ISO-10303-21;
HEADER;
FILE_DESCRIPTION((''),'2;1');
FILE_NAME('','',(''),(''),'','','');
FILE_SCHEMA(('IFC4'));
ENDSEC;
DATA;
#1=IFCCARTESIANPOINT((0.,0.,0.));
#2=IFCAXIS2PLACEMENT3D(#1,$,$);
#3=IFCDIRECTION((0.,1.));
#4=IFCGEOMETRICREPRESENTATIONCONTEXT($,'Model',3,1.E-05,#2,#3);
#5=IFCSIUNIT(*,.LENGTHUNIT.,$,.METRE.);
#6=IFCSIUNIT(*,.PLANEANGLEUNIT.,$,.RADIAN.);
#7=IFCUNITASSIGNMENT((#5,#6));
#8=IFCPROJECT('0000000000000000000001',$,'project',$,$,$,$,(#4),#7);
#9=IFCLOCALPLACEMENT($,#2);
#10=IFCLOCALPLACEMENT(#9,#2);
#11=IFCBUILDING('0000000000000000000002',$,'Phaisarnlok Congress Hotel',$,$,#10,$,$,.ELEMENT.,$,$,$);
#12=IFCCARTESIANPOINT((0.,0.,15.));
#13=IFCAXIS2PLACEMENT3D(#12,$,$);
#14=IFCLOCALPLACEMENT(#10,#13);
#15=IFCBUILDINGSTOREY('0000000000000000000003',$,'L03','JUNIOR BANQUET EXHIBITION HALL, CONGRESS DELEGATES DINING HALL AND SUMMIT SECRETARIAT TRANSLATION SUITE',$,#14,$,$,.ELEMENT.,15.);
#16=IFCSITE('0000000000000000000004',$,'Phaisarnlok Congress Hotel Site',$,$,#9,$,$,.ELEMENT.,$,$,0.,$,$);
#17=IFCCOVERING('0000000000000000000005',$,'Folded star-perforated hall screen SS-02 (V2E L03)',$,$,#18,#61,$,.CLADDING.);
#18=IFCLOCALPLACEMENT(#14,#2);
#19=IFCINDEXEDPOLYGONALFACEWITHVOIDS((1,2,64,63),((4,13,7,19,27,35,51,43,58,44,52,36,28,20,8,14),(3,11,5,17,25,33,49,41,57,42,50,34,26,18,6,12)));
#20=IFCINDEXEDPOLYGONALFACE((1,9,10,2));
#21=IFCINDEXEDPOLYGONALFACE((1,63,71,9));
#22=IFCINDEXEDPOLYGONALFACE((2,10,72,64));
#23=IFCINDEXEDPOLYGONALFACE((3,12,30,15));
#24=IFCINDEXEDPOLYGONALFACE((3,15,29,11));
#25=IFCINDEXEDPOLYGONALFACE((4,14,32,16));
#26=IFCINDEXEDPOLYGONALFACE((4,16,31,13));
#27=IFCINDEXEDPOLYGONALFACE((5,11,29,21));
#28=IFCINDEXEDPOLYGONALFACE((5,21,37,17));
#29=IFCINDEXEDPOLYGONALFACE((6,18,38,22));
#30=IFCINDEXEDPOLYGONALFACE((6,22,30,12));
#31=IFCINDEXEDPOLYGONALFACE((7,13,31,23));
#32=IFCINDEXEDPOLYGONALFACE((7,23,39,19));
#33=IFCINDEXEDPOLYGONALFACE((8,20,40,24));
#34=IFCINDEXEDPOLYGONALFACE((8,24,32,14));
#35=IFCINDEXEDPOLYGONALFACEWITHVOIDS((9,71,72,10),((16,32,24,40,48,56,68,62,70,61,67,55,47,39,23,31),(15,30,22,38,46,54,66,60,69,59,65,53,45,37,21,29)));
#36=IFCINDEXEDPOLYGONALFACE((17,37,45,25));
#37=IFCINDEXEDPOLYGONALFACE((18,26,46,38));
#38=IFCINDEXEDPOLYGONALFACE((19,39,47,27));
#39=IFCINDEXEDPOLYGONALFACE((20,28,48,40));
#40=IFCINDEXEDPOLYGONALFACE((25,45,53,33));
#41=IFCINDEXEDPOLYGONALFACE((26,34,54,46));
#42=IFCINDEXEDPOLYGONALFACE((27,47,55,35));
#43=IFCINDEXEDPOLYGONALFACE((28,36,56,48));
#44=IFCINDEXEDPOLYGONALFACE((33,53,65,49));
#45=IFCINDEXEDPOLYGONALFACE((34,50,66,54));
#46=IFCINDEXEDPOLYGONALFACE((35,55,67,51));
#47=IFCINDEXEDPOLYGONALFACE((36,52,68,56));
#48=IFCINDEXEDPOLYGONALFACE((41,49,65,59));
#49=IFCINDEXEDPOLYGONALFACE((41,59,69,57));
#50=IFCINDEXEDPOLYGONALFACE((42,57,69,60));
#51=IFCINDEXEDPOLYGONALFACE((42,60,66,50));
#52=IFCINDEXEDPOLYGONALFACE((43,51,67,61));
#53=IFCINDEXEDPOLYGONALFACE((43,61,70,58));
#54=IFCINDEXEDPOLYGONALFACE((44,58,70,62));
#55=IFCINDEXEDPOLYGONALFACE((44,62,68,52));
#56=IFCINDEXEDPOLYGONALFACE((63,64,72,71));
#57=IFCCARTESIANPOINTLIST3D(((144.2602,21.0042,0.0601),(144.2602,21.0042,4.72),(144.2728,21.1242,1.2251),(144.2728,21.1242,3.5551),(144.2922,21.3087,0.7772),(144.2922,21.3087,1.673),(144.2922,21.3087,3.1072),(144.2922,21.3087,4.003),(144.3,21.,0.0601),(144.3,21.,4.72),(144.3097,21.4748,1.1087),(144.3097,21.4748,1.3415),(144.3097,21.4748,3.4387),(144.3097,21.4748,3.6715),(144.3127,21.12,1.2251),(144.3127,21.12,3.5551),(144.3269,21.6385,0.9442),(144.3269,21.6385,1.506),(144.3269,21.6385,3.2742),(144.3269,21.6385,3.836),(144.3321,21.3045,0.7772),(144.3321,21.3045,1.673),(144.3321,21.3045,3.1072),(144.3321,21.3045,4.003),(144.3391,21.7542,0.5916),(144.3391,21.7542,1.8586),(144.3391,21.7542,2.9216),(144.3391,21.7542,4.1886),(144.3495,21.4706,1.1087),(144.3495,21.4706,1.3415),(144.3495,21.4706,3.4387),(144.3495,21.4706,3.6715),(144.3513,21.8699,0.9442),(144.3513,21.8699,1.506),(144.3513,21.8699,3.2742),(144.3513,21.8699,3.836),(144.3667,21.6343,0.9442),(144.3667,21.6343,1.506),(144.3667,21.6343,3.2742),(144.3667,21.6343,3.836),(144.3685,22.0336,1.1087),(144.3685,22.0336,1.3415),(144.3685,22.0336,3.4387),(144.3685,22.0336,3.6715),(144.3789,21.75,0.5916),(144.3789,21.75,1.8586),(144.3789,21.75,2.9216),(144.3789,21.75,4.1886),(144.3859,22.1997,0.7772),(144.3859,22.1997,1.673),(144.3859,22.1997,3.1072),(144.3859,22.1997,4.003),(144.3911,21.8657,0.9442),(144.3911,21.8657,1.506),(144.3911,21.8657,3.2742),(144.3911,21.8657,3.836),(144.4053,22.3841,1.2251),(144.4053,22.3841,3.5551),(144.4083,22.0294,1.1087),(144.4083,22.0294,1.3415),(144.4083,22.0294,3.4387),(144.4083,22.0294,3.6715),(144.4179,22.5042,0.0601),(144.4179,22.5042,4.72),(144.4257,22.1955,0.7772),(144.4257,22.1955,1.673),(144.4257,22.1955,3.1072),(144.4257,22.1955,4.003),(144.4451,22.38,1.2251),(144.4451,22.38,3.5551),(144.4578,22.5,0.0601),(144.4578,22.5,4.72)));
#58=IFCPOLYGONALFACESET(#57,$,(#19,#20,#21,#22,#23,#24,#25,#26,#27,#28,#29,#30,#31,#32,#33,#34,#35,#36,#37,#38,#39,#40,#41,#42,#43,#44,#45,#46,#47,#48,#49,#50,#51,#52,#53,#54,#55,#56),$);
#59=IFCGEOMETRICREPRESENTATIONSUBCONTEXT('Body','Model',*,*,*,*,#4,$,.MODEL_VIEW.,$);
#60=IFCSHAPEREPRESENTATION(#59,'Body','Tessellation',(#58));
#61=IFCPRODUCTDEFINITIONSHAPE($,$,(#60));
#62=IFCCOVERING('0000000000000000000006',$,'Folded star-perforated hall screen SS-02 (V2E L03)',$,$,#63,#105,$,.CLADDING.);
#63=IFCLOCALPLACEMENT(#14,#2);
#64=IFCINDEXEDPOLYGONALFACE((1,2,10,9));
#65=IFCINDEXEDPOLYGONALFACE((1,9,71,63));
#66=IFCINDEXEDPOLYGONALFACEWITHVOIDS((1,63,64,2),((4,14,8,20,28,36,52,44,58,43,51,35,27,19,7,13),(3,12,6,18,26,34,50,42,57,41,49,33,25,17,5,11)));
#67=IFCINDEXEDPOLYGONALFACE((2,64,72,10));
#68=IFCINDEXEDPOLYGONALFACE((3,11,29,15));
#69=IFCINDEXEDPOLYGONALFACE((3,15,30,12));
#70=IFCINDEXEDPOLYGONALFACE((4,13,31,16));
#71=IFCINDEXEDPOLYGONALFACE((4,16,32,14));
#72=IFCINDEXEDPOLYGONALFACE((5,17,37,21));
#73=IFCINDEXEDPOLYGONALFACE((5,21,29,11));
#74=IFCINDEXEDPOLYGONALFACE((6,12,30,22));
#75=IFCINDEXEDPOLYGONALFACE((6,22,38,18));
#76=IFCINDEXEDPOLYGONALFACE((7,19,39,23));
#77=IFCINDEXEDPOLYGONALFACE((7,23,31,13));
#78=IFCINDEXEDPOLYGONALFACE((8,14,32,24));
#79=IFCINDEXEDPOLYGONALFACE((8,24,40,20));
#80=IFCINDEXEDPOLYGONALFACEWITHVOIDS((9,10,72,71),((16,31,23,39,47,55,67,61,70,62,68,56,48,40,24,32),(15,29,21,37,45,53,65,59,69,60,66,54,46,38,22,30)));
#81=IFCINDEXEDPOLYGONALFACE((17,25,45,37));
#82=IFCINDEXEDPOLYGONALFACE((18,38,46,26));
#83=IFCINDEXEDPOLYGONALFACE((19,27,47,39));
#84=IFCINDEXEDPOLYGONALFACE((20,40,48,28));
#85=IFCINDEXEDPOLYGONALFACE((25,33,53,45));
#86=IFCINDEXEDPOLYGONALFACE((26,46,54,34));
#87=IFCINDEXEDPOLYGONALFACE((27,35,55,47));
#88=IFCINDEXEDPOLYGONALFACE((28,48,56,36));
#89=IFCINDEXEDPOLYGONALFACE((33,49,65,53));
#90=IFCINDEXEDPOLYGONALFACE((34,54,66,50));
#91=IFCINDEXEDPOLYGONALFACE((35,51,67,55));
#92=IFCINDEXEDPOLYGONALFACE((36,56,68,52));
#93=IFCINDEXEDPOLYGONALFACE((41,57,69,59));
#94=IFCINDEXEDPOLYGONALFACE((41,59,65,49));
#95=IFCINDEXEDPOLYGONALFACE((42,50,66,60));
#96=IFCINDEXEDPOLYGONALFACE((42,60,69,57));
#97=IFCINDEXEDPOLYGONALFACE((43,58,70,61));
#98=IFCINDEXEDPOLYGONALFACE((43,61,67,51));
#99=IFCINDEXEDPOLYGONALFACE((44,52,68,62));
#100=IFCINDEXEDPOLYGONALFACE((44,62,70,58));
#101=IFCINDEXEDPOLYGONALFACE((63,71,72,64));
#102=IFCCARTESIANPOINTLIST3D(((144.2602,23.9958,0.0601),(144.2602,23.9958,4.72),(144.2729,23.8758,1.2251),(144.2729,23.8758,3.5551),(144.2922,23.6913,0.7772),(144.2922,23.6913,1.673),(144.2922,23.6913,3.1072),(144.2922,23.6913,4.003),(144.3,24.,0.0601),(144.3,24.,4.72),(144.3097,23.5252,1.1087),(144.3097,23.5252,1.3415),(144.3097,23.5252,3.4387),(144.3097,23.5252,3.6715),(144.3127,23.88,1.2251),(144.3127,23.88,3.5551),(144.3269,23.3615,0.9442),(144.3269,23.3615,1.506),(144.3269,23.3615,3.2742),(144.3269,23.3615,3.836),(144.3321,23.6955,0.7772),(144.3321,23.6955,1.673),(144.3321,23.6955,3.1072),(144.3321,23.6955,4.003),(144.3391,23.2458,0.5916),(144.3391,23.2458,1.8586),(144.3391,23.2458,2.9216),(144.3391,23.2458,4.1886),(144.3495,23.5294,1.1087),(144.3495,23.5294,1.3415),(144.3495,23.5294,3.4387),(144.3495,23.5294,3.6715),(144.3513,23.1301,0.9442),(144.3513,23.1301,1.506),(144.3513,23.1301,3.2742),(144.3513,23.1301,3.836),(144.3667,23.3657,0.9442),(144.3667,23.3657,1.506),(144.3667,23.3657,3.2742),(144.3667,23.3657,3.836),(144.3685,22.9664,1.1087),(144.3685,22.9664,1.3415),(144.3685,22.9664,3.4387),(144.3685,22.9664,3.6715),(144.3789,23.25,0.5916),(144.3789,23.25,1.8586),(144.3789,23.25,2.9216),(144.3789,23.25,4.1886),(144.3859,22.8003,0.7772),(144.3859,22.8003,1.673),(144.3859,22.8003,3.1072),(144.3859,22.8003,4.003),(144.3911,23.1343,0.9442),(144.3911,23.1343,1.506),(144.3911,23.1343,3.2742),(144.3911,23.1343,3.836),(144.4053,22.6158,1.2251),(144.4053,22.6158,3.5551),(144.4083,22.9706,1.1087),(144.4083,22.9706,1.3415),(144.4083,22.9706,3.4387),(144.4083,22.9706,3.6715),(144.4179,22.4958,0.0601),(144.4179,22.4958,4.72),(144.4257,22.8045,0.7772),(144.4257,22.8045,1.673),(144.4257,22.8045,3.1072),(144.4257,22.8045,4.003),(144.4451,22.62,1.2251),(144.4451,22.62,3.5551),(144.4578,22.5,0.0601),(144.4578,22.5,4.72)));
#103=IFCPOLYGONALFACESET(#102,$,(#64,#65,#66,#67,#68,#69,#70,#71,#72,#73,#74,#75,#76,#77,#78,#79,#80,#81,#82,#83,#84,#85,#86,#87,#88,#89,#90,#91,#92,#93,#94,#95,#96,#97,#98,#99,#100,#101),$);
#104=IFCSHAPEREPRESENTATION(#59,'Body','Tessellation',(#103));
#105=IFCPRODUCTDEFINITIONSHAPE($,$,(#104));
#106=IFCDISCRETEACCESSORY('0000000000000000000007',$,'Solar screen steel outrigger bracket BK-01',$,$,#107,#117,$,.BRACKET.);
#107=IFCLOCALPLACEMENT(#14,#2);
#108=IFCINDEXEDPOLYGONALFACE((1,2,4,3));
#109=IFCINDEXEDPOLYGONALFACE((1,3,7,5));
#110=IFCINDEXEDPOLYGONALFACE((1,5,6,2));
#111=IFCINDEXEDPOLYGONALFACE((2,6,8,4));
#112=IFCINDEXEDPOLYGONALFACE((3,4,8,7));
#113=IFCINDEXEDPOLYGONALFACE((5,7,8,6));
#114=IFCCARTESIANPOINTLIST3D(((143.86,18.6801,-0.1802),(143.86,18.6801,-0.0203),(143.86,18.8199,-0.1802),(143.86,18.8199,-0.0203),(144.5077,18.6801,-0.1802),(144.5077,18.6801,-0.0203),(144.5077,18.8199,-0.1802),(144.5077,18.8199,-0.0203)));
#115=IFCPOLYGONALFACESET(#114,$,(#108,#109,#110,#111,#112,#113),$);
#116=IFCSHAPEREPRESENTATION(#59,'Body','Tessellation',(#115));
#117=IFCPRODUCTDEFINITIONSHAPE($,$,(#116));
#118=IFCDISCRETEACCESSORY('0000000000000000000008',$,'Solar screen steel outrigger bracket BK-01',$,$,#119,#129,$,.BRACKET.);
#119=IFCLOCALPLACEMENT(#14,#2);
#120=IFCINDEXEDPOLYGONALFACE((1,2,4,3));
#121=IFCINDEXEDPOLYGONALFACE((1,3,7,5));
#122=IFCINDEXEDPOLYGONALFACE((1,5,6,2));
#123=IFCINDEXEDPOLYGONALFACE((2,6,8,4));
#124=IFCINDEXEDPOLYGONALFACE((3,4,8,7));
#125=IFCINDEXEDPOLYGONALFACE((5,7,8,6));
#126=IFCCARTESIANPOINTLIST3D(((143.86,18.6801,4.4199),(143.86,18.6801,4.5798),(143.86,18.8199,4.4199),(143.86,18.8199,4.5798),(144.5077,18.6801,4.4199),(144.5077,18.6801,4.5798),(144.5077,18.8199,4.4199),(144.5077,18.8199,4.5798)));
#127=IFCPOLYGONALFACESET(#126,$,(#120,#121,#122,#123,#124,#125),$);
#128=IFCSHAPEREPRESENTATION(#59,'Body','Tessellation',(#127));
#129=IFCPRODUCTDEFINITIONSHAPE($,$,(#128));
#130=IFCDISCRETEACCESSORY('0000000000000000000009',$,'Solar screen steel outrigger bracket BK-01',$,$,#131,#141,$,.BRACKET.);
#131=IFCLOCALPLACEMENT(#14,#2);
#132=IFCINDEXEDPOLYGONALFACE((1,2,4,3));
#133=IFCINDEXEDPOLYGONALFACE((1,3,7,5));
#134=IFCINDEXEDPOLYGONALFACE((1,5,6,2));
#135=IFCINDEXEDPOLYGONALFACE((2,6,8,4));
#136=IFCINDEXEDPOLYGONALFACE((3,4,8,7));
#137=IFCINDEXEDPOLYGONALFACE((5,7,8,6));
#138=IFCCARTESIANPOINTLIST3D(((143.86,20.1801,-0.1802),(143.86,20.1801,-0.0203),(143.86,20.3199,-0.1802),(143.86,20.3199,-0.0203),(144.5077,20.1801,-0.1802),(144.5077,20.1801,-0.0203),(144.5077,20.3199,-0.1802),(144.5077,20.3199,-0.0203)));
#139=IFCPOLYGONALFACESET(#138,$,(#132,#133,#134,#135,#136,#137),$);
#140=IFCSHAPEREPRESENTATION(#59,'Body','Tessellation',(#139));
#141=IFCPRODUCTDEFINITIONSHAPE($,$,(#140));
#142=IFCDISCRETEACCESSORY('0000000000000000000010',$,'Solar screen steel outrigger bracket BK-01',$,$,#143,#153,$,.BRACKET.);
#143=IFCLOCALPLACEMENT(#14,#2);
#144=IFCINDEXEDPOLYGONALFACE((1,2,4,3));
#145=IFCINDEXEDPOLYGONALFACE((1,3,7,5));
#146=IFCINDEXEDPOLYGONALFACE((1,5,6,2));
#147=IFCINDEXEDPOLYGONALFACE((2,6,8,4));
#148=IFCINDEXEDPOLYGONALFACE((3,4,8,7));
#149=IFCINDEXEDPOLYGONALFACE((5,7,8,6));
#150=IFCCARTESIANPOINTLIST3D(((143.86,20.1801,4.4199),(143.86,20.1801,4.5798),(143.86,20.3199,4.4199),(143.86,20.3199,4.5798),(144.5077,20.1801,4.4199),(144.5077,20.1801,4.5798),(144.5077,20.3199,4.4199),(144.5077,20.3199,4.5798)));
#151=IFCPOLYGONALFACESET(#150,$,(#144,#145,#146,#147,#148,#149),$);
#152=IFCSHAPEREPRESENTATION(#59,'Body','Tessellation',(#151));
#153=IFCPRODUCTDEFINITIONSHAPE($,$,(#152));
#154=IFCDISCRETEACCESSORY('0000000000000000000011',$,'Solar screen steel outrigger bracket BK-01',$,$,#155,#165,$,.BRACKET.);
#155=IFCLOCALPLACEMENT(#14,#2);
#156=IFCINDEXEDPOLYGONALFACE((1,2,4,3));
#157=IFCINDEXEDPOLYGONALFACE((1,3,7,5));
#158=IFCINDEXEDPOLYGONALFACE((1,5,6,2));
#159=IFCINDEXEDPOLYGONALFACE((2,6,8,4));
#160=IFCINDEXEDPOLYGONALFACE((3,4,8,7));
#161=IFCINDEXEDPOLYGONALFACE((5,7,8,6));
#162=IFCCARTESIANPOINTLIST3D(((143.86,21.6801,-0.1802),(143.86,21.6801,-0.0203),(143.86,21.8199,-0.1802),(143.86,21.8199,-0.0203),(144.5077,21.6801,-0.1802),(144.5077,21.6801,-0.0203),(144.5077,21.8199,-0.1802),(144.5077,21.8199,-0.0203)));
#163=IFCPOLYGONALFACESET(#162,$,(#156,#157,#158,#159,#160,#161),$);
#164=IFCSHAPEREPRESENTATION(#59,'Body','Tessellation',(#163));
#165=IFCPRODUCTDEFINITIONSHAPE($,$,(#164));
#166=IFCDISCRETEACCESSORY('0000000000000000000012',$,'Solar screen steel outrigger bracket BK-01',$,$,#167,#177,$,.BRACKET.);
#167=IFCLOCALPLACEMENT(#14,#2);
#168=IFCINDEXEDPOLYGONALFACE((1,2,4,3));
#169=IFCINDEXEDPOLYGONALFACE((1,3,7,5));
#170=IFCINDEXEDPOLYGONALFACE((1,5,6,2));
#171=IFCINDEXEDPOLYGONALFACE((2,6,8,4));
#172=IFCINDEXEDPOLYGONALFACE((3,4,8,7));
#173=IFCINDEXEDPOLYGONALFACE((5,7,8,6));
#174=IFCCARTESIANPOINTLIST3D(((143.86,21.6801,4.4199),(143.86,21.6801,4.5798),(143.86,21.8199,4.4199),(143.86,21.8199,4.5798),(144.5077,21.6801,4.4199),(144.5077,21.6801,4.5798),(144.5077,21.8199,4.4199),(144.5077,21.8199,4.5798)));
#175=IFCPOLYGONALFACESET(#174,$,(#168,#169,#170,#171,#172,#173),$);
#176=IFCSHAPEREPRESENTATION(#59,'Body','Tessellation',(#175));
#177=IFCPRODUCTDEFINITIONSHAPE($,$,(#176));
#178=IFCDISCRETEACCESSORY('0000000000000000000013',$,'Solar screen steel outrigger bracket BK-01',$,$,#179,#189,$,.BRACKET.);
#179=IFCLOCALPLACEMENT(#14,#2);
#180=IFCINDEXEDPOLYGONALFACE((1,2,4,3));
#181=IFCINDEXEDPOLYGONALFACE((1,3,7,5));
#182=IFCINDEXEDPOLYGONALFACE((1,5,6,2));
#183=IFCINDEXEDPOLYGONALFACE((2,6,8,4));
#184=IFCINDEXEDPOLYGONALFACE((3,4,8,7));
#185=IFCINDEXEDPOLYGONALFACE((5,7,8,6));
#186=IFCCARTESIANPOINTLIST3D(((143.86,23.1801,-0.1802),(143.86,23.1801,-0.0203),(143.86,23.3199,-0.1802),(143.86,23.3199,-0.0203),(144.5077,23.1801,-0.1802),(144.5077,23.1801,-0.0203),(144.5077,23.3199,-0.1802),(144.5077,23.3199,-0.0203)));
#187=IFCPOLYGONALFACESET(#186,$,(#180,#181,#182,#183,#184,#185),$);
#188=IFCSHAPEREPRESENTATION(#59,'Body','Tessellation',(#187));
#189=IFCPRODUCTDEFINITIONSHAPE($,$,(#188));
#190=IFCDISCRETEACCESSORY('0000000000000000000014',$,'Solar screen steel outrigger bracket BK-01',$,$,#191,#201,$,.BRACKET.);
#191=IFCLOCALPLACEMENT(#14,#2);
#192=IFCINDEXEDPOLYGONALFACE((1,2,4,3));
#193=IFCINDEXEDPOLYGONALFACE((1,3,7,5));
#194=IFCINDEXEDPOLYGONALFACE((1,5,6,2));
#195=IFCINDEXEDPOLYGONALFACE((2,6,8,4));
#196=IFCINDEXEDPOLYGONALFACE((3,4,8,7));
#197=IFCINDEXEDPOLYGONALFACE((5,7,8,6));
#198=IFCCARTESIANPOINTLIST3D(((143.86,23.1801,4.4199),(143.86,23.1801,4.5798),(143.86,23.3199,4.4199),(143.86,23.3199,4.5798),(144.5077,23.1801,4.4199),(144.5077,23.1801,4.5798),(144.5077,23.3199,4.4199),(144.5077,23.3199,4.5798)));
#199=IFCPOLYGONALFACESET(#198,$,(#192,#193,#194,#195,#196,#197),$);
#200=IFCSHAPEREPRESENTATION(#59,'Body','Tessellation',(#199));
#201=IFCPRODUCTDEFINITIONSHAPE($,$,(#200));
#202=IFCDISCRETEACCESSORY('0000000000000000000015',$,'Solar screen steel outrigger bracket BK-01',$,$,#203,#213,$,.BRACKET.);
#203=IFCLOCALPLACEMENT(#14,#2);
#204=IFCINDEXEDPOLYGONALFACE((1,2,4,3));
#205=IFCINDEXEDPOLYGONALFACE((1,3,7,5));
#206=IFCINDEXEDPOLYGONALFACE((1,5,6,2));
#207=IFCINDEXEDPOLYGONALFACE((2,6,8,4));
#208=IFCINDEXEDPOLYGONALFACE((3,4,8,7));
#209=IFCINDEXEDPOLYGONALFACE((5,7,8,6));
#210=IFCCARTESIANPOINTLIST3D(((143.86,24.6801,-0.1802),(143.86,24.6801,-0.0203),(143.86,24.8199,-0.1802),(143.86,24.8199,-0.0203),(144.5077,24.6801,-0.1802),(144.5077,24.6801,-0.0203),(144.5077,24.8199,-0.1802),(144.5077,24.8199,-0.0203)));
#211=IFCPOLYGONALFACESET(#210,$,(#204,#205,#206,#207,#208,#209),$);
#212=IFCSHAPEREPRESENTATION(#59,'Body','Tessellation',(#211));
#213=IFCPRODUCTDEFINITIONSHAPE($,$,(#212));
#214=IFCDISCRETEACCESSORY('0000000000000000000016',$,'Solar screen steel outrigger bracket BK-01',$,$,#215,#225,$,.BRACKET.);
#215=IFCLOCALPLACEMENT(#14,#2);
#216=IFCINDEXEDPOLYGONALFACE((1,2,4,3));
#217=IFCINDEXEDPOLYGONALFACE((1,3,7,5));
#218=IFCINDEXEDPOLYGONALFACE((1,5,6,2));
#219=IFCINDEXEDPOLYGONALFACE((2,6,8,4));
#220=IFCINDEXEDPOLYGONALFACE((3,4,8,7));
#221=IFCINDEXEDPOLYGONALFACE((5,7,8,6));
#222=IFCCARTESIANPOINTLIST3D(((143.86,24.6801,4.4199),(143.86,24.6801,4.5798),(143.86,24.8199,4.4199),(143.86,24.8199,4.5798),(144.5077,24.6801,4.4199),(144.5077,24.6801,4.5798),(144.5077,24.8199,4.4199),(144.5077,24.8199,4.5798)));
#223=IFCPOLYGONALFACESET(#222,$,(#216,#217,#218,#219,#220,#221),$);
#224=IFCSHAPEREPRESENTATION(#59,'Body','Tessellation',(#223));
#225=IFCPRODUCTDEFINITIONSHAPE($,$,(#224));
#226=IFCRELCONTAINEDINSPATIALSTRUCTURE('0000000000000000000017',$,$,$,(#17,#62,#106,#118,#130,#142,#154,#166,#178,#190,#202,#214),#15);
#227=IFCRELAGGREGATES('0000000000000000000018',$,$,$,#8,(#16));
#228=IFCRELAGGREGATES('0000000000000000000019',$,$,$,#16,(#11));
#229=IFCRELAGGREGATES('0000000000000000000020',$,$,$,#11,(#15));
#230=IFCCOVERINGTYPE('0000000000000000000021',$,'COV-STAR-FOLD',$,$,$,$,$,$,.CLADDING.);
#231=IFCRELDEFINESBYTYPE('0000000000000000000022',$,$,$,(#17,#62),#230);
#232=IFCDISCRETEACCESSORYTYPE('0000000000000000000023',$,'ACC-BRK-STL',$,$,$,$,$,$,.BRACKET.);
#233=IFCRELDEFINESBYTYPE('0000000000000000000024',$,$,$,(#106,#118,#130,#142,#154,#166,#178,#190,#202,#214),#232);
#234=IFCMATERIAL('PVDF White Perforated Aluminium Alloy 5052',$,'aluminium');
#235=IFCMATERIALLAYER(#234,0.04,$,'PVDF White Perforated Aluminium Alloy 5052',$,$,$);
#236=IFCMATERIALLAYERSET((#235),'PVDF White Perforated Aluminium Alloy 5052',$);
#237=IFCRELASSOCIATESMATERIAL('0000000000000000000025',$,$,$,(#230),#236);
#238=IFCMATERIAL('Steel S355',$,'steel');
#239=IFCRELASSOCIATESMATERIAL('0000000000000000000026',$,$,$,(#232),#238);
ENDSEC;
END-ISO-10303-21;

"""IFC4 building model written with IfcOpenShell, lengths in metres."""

from ifc_helpers import new_model, si_unit, direction, frame, origin, origin_2d, place, context, subcontext, project, spatial, polyline, rectangle, outline, extrude, material, layer, layer_set, type_object, element, save


model = new_model("IFC4")

# Units and contexts
model_context = context("Model", 3, precision=1e-05, world=origin(), true_north=direction((0.0, 1.0)))
body_context = subcontext(model_context, "Body", "Model", "MODEL_VIEW")
ifc_project = project(units=[si_unit("LENGTHUNIT", "METRE"), si_unit("PLANEANGLEUNIT", "RADIAN")], contexts=[model_context])

# Site, building, storey
site_placement = place(None, origin())
site = spatial("IfcSite", under=ifc_project, at=site_placement, Name="Phaisarnlok Congress Hotel Site", CompositionType="ELEMENT", RefElevation=0.0)
building_placement = place(site_placement, origin())
building = spatial("IfcBuilding", under=site, at=building_placement, Name="Phaisarnlok Congress Hotel", CompositionType="ELEMENT")
storey_placement = place(building_placement, frame((0.0, 0.0, 15.0)))
storey = spatial("IfcBuildingStorey", under=building, at=storey_placement, Name="L03", Description="JUNIOR BANQUET EXHIBITION HALL, CONGRESS DELEGATES DINING HALL AND SUMMIT SECRETARIAT TRANSLATION SUITE", CompositionType="ELEMENT", Elevation=15.0)

# Shared definitions
ifc_material_1 = material(Name="Steel S355", Category="steel")

# Coverings
ifc_material_2 = material(Name="PVDF White Perforated Aluminium Alloy 5052", Category="aluminium")
ifc_layer_1 = layer(ifc_material_2, 0.04, Name="PVDF White Perforated Aluminium Alloy 5052")
ifc_layer_set_1 = layer_set([ifc_layer_1], Name="PVDF White Perforated Aluminium Alloy 5052")
covering_type = type_object("IfcCoveringType", Name="COV-STAR-FOLD", PredefinedType="CLADDING", material=ifc_layer_set_1)
for number, where, z_axis, x_axis, name in (
    (1, (144.4578, 22.5, 0.0601), (-0.994518, 0.104567, 0.0), (-0.104567, -0.994518, 0.0), "Folded star-perforated hall screen SS-02 (V2E L03)"),
    (2, (144.3, 24.0, 0.0601), (-0.994518, -0.104567, 0.0), (0.104567, -0.994518, 0.0), "Folded star-perforated hall screen SS-02 (V2E L03)"),
):
    element("IfcCovering", number, at=place(storey_placement, frame(where, z_axis=z_axis, x_axis=x_axis)), inside=storey, type_object=covering_type, Name=name, PredefinedType="CLADDING", context=body_context, shape_type="SweptSolid", body=[
        extrude(outline(polyline([(0.0, 0.0), (1.5083, 0.0), (1.5083, 4.6599), (0.0, 4.6599), (0.0, 0.0)]), holes=[polyline([(1.0351, 1.0486), (1.2021, 0.7171), (0.8705, 0.8841), (0.7541, 0.5315), (0.6378, 0.8841), (0.3062, 0.7171), (0.4732, 1.0486), (0.1207, 1.165), (0.4732, 1.2814), (0.3062, 1.6129), (0.6378, 1.4459), (0.7541, 1.7985), (0.8705, 1.4459), (1.2021, 1.6129), (1.0351, 1.2814), (1.3876, 1.165), (1.0351, 1.0486)]), polyline([(1.0351, 3.3786), (1.2021, 3.0471), (0.8705, 3.2141), (0.7541, 2.8615), (0.6378, 3.2141), (0.3062, 3.0471), (0.4732, 3.3786), (0.1207, 3.495), (0.4732, 3.6114), (0.3062, 3.9429), (0.6378, 3.7759), (0.7541, 4.1285), (0.8705, 3.7759), (1.2021, 3.9429), (1.0351, 3.6114), (1.3876, 3.495), (1.0351, 3.3786)])]), origin(), (0.0, 0.0, 1.0), 0.04),
    ])

# Discrete accessories
discrete_accessory_type = type_object("IfcDiscreteAccessoryType", Name="ACC-BRK-STL", PredefinedType="BRACKET", material=ifc_material_1)
for number, where, z_axis, x_axis, name in (
    (3, (144.1838, 18.75, -0.1802), (0.0, 0.0, 1.0), (1.0, 0.0, 0.0), "Solar screen steel outrigger bracket BK-01"),
    (4, (144.1838, 18.75, 4.4199), (0.0, 0.0, 1.0), (1.0, 0.0, 0.0), "Solar screen steel outrigger bracket BK-01"),
    (5, (144.1838, 20.25, -0.1802), (0.0, 0.0, 1.0), (1.0, 0.0, 0.0), "Solar screen steel outrigger bracket BK-01"),
    (6, (144.1838, 20.25, 4.4199), (0.0, 0.0, 1.0), (1.0, 0.0, 0.0), "Solar screen steel outrigger bracket BK-01"),
    (7, (144.1838, 21.75, -0.1802), (0.0, 0.0, 1.0), (1.0, 0.0, 0.0), "Solar screen steel outrigger bracket BK-01"),
    (8, (144.1838, 21.75, 4.4199), (0.0, 0.0, 1.0), (1.0, 0.0, 0.0), "Solar screen steel outrigger bracket BK-01"),
    (9, (144.1838, 23.25, -0.1802), (0.0, 0.0, 1.0), (1.0, 0.0, 0.0), "Solar screen steel outrigger bracket BK-01"),
    (10, (144.1838, 23.25, 4.4199), (0.0, 0.0, 1.0), (1.0, 0.0, 0.0), "Solar screen steel outrigger bracket BK-01"),
    (11, (144.1838, 24.75, -0.1802), (0.0, 0.0, 1.0), (1.0, 0.0, 0.0), "Solar screen steel outrigger bracket BK-01"),
    (12, (144.1838, 24.75, 4.4199), (0.0, 0.0, 1.0), (1.0, 0.0, 0.0), "Solar screen steel outrigger bracket BK-01"),
):
    element("IfcDiscreteAccessory", number, at=place(storey_placement, frame(where, z_axis=z_axis, x_axis=x_axis)), inside=storey, type_object=discrete_accessory_type, Name=name, PredefinedType="BRACKET", context=body_context, shape_type="SweptSolid", body=[
        extrude(rectangle(XDim=0.6477, YDim=0.1399, at=origin_2d()), origin(), (0.0, 0.0, 1.0), 0.1599),
    ])

save(model, "model.ifc")
